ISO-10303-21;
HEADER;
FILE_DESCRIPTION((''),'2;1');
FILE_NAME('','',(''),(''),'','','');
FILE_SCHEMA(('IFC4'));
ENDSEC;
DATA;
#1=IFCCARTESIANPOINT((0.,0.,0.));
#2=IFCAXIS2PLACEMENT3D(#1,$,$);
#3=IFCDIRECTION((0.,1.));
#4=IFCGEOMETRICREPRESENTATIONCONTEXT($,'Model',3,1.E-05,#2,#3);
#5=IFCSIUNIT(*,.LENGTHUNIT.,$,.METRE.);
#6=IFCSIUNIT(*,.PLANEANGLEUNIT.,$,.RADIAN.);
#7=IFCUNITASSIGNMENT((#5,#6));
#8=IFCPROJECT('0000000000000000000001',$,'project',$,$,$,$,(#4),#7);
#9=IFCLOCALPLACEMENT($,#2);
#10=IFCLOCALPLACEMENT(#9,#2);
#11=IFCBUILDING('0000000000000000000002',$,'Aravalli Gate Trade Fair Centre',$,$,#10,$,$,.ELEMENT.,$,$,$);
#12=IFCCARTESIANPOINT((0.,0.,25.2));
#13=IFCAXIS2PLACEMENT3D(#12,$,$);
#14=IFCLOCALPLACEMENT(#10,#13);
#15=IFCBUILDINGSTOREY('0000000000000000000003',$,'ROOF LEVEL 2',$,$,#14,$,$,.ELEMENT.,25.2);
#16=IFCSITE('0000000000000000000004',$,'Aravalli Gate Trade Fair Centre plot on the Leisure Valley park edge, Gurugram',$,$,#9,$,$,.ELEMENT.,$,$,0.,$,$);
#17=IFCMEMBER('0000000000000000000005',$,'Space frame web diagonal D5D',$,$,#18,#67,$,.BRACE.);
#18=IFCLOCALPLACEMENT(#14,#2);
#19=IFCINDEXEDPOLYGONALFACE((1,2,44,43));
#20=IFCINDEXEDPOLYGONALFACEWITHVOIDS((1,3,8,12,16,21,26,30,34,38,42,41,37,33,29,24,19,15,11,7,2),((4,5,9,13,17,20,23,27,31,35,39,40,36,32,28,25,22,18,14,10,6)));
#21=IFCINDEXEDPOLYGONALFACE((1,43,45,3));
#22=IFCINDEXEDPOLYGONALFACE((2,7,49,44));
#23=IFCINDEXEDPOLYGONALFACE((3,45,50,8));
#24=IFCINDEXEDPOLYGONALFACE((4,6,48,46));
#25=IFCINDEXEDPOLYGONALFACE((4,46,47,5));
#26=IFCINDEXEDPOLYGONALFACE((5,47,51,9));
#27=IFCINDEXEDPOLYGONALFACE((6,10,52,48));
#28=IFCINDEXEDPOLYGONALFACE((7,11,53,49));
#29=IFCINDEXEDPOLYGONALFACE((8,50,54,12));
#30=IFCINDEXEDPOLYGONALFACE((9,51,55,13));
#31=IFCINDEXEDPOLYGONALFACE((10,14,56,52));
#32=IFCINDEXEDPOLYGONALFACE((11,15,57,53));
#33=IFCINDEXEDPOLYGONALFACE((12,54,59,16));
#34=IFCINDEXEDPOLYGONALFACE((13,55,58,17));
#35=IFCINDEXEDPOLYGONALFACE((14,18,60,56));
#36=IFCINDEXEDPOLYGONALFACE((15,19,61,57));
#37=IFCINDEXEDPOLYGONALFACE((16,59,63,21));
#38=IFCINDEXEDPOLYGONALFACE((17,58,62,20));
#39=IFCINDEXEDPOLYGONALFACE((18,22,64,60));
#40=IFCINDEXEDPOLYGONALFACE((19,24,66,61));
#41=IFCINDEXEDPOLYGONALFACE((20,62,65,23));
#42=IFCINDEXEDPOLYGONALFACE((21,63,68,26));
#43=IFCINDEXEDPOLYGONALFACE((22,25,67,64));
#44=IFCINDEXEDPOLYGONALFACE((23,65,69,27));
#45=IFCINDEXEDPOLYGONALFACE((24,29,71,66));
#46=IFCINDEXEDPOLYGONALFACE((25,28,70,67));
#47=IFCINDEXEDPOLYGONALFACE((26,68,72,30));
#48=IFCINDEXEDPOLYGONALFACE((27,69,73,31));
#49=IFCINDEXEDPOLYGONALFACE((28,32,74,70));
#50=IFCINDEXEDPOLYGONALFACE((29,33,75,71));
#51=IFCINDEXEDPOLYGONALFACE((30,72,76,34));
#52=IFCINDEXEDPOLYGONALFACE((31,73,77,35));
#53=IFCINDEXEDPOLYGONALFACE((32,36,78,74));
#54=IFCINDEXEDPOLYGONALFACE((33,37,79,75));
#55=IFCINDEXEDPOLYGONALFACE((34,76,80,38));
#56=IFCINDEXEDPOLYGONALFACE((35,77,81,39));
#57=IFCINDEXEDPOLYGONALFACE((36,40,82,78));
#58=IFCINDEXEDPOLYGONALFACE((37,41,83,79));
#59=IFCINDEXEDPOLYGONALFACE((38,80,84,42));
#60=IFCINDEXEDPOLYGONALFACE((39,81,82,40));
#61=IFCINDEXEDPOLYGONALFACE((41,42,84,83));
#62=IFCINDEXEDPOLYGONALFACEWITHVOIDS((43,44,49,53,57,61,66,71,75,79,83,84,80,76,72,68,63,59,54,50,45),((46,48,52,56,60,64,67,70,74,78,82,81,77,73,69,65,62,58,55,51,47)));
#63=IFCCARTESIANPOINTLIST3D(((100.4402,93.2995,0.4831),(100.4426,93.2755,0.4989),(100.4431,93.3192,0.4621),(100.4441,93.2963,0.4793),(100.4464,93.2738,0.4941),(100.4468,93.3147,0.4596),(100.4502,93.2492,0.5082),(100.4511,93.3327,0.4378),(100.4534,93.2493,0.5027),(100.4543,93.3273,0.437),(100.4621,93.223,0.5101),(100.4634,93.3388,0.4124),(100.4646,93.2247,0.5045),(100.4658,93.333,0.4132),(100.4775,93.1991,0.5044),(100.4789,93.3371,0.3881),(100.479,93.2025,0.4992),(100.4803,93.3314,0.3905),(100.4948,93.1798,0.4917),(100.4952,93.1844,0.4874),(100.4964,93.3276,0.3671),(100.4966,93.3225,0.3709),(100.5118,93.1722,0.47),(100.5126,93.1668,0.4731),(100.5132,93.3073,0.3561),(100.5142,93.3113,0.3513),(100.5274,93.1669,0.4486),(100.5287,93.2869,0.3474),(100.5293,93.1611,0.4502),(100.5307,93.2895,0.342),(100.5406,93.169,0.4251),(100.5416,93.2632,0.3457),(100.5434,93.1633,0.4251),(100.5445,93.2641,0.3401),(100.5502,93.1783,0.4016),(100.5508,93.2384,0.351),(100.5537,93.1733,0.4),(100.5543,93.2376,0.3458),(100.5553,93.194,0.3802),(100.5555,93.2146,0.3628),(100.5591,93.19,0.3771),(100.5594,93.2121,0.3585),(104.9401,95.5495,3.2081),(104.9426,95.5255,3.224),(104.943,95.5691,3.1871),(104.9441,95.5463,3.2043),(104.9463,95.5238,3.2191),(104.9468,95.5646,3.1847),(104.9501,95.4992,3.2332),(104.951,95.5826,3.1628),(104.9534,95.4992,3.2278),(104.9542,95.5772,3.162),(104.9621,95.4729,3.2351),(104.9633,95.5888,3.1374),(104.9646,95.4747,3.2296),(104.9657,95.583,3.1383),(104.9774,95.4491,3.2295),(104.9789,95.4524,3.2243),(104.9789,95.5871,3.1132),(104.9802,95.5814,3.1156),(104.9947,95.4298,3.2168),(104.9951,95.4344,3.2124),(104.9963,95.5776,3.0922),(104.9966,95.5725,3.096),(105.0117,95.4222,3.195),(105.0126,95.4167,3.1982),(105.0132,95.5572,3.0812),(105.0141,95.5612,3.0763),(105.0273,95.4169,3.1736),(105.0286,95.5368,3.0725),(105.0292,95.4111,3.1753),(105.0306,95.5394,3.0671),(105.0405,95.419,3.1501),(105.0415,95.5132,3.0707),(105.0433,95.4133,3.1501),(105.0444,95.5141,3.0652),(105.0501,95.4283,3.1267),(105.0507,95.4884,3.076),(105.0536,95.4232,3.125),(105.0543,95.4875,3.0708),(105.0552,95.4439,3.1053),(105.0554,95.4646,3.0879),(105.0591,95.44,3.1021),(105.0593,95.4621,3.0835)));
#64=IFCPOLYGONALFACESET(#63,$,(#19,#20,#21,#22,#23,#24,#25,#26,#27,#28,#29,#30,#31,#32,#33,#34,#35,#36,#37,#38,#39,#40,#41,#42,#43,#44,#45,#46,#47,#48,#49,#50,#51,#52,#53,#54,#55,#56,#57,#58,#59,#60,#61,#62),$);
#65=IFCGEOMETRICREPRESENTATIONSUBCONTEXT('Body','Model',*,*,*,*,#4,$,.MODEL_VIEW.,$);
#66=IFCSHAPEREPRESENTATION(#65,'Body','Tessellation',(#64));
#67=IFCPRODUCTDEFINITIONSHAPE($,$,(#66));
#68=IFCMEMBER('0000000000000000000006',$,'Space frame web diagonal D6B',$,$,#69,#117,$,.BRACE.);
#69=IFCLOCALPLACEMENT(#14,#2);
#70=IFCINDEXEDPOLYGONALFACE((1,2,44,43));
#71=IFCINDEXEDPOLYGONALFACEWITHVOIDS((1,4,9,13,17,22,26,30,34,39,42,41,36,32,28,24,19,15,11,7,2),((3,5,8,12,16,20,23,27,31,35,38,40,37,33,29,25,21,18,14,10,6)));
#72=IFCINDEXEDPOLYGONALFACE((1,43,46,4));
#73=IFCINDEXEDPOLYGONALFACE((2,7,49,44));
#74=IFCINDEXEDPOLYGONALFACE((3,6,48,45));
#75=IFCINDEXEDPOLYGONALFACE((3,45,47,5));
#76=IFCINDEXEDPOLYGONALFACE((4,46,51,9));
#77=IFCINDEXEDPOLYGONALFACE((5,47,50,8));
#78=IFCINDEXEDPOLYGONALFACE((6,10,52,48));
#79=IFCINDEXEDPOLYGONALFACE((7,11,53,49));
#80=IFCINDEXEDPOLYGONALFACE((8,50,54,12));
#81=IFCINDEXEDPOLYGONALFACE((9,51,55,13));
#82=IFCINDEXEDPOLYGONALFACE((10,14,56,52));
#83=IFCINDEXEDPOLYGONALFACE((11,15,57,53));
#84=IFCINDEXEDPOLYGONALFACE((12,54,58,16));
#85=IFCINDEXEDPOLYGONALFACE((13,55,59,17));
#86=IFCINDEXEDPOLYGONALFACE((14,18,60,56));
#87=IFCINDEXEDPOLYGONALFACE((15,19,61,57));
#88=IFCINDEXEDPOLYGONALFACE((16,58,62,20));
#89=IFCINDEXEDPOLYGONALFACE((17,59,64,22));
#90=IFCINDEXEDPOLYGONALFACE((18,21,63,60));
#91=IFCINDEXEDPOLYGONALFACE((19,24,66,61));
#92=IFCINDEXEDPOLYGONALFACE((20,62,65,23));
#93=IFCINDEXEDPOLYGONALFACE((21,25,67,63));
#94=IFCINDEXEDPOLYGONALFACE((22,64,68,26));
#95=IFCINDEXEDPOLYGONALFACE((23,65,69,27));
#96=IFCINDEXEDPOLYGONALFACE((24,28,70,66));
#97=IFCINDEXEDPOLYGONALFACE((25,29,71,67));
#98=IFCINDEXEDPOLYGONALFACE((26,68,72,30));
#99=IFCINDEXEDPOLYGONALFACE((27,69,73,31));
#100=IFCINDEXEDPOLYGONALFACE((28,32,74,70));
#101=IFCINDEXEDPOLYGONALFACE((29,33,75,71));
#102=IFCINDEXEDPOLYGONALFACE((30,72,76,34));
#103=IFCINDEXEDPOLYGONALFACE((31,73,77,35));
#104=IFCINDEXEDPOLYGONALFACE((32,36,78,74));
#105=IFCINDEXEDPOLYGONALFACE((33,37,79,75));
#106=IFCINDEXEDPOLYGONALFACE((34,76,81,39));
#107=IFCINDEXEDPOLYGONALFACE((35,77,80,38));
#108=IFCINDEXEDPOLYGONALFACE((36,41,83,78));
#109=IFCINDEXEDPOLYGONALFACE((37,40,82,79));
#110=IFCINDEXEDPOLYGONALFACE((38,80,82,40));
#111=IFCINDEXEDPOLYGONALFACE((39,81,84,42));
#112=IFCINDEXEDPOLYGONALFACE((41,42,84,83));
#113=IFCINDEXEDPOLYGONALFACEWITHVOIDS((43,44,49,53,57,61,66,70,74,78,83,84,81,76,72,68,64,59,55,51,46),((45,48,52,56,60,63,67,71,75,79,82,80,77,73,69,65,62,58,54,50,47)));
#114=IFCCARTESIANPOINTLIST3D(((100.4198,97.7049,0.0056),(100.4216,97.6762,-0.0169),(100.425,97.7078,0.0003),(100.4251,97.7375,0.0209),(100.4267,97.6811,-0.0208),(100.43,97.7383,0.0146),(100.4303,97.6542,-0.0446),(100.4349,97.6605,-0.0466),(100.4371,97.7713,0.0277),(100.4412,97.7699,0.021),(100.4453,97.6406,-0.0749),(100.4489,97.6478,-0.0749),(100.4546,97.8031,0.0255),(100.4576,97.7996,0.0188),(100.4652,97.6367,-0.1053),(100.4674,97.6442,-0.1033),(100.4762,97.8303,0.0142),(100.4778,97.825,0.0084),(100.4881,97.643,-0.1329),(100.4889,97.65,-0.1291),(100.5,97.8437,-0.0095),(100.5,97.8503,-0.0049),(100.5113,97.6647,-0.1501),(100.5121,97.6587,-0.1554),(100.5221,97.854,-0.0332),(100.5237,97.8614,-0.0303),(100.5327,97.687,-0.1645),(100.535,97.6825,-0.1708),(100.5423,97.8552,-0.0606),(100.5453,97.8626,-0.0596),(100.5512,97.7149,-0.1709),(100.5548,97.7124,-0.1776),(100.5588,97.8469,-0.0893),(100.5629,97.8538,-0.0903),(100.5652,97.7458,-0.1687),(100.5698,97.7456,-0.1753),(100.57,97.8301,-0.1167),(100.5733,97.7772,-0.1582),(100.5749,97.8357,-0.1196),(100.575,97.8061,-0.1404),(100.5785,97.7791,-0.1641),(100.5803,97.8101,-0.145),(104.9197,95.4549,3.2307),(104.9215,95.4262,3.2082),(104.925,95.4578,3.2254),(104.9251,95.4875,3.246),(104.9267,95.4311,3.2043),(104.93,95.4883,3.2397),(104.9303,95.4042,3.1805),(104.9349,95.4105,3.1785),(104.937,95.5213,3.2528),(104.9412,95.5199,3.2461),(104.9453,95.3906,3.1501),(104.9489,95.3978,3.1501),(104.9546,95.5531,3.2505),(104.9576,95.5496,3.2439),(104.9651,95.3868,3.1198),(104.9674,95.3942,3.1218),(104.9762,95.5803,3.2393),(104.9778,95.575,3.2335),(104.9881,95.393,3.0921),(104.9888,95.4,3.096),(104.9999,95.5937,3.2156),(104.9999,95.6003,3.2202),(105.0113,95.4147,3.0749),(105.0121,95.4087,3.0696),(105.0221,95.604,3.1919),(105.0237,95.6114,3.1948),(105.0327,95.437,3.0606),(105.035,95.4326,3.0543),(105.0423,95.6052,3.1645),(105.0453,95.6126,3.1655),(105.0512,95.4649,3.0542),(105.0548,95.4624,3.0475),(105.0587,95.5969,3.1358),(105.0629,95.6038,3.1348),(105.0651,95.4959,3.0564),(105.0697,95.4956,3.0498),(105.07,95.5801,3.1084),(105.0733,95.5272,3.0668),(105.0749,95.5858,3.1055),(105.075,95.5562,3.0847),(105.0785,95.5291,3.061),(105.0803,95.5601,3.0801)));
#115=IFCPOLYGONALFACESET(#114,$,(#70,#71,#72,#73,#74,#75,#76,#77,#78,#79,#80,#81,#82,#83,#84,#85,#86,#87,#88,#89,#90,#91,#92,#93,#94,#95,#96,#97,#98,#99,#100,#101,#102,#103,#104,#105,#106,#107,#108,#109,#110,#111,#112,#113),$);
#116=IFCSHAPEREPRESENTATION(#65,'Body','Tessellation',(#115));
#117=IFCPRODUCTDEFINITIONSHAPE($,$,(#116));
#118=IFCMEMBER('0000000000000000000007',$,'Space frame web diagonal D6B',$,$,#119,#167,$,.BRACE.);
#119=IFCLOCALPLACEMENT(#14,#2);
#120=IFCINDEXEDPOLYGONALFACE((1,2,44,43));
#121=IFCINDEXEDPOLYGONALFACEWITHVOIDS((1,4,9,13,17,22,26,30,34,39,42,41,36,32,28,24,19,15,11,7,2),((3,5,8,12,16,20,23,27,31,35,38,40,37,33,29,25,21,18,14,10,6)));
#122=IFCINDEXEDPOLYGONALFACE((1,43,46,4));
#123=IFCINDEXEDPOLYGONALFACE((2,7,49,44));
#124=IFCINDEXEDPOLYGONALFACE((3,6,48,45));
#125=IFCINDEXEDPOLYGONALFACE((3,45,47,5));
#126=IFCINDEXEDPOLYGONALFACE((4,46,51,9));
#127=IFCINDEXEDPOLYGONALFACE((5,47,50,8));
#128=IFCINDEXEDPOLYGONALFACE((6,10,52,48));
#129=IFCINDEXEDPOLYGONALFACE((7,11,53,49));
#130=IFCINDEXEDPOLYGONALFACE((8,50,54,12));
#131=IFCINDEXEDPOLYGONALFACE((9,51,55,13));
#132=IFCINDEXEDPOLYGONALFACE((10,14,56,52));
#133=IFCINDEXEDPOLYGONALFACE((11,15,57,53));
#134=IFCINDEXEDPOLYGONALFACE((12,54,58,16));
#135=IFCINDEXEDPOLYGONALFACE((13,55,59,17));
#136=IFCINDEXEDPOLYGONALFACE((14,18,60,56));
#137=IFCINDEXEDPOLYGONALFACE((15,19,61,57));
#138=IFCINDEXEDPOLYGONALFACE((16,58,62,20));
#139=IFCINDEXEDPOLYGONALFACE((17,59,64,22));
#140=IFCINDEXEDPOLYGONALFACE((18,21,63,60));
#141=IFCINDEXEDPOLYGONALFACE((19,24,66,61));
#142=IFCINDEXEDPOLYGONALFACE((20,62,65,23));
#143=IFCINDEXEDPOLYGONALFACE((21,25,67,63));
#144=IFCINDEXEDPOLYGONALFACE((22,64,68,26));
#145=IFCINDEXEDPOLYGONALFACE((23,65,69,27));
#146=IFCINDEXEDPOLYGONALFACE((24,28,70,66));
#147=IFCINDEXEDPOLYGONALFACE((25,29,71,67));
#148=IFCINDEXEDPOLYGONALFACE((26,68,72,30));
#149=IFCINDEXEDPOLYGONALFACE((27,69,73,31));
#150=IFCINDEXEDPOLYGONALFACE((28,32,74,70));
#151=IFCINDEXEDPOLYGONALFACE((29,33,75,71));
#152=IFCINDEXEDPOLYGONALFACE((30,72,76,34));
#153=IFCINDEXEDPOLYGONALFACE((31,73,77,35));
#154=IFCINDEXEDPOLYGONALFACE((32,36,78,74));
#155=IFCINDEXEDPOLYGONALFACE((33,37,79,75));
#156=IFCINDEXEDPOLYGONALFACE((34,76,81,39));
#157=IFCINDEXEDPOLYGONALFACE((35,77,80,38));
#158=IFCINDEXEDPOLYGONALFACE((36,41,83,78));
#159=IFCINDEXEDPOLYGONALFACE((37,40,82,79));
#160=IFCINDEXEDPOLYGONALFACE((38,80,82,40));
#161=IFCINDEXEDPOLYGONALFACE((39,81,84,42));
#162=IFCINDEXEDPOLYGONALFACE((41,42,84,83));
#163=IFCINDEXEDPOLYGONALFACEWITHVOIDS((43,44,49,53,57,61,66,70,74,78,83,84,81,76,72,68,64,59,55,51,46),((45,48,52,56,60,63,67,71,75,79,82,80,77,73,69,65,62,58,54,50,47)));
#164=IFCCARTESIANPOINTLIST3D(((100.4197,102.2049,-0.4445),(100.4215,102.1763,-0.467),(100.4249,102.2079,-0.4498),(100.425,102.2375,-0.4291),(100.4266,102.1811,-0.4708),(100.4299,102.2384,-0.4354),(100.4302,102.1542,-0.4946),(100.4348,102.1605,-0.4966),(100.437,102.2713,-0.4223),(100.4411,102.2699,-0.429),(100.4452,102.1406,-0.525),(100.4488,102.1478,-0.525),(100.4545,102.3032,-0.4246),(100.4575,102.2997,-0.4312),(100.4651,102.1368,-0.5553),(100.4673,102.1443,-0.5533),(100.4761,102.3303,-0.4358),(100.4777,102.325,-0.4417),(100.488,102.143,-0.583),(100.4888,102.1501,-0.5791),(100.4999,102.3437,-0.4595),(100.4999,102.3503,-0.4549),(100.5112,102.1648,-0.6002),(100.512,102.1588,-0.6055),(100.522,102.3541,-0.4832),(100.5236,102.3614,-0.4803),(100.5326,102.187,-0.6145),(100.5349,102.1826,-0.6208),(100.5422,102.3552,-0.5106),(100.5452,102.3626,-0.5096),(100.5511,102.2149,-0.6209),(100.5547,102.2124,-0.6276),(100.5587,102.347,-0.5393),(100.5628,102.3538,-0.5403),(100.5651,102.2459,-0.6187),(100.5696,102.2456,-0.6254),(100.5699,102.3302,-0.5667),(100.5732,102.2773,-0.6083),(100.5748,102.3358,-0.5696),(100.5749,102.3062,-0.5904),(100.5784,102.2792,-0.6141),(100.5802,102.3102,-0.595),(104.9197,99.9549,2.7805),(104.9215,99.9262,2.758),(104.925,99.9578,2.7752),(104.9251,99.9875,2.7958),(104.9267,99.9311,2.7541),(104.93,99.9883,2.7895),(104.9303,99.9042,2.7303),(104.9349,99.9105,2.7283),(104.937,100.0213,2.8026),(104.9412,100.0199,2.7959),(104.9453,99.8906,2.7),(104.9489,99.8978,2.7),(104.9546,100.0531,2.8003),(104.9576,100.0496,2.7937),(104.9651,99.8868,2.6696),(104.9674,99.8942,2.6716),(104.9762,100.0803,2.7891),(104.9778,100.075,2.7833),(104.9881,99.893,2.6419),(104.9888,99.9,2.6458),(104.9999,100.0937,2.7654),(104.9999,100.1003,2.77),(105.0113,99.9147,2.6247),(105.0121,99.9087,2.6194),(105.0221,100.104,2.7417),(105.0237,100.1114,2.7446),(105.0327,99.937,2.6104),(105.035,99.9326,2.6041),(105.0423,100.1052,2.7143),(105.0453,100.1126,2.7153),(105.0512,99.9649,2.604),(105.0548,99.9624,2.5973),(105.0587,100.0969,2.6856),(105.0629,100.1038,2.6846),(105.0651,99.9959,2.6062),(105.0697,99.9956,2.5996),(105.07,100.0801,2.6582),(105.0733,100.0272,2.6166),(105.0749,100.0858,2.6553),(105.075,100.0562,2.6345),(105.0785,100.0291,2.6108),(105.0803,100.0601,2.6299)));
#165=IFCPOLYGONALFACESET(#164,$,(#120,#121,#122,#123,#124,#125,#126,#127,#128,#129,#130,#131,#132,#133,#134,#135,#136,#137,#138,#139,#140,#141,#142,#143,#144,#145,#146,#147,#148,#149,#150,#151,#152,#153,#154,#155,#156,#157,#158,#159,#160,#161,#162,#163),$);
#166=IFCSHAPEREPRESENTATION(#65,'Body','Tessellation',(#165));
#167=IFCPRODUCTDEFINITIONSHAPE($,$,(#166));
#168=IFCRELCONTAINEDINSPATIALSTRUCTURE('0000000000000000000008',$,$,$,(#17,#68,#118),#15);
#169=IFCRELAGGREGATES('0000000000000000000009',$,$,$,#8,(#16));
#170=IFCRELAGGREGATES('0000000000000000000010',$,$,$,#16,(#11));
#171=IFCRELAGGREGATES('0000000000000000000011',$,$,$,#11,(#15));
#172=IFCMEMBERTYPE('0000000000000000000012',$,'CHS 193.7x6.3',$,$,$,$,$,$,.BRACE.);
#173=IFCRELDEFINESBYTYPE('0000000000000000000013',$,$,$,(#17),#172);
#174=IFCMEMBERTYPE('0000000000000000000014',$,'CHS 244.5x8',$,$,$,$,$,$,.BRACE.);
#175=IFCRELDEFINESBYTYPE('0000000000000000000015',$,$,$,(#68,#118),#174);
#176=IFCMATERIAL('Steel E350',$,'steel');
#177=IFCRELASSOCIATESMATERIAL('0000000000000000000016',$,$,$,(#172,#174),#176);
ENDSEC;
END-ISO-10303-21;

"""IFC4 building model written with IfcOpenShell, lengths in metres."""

from ifc_helpers import new_model, si_unit, direction, frame, origin, origin_2d, place, context, subcontext, project, spatial, hollow_circle, extrude, material, material_profile, profile_set, type_object, element, save


model = new_model("IFC4")

# Units and contexts
model_context = context("Model", 3, precision=1e-05, world=origin(), true_north=direction((0.0, 1.0)))
body_context = subcontext(model_context, "Body", "Model", "MODEL_VIEW")
ifc_project = project(units=[si_unit("LENGTHUNIT", "METRE"), si_unit("PLANEANGLEUNIT", "RADIAN")], contexts=[model_context])

# Site, building, storey
site_placement = place(None, origin())
site = spatial("IfcSite", under=ifc_project, at=site_placement, Name="Aravalli Gate Trade Fair Centre plot on the Leisure Valley park edge, Gurugram", CompositionType="ELEMENT", RefElevation=0.0)
building_placement = place(site_placement, origin())
building = spatial("IfcBuilding", under=site, at=building_placement, Name="Aravalli Gate Trade Fair Centre", CompositionType="ELEMENT")
storey_placement = place(building_placement, frame((0.0, 0.0, 25.2)))
storey = spatial("IfcBuildingStorey", under=building, at=storey_placement, Name="ROOF LEVEL 2", CompositionType="ELEMENT", Elevation=25.2)

# Members
ifc_material_1 = material(Name="Steel E350", Category="steel")
ifc_material_profile_1 = material_profile(ifc_material_1, hollow_circle(Radius=0.0969, WallThickness=0.0063, at=origin_2d()), Name="CHS 193.7x6.3")
ifc_profile_set_1 = profile_set([ifc_material_profile_1], Name="Steel E350")
member_type_1 = type_object("IfcMemberType", Name="CHS 193.7x6.3", PredefinedType="BRACE", material=ifc_profile_set_1)
member_1_placement = place(storey_placement, frame((105.0, 95.5, 3.1501), z_axis=(-0.78647, -0.393235, -0.476268), x_axis=(0.447214, -0.894427, 0.0)))
element("IfcMember", 1, at=member_1_placement, inside=storey, type_object=member_type_1, Name="Space frame web diagonal D5D", PredefinedType="BRACE", context=body_context, shape_type="SweptSolid", body=[
    extrude(hollow_circle(Radius=0.0969, WallThickness=0.0063, at=origin_2d()), origin(), (0.0, 0.0, 1.0), 5.7217),
])
ifc_material_profile_2 = material_profile(ifc_material_1, hollow_circle(Radius=0.1223, WallThickness=0.0081, at=origin_2d()), Name="CHS 244.5x8")
ifc_profile_set_2 = profile_set([ifc_material_profile_2], Name="Steel E350")
member_type_2 = type_object("IfcMemberType", Name="CHS 244.5x8", PredefinedType="BRACE", material=ifc_profile_set_2)
for number, where, z_axis, x_axis, name in (
    (2, (105.0, 95.5, 3.1501), (-0.753, 0.3765, -0.539666), (-0.447214, -0.894427, 0.0), "Space frame web diagonal D6B"),
    (3, (105.0, 100.0, 2.7), (-0.753016, 0.376508, -0.539637), (-0.447214, -0.894427, 0.0), "Space frame web diagonal D6B"),
):
    element("IfcMember", number, at=place(storey_placement, frame(where, z_axis=z_axis, x_axis=x_axis)), inside=storey, type_object=member_type_2, Name=name, PredefinedType="BRACE", context=body_context, shape_type="SweptSolid", body=[
        extrude(hollow_circle(Radius=0.1223, WallThickness=0.0081, at=origin_2d()), origin(), (0.0, 0.0, 1.0), 5.9761),
    ])

save(model, "model.ifc")
